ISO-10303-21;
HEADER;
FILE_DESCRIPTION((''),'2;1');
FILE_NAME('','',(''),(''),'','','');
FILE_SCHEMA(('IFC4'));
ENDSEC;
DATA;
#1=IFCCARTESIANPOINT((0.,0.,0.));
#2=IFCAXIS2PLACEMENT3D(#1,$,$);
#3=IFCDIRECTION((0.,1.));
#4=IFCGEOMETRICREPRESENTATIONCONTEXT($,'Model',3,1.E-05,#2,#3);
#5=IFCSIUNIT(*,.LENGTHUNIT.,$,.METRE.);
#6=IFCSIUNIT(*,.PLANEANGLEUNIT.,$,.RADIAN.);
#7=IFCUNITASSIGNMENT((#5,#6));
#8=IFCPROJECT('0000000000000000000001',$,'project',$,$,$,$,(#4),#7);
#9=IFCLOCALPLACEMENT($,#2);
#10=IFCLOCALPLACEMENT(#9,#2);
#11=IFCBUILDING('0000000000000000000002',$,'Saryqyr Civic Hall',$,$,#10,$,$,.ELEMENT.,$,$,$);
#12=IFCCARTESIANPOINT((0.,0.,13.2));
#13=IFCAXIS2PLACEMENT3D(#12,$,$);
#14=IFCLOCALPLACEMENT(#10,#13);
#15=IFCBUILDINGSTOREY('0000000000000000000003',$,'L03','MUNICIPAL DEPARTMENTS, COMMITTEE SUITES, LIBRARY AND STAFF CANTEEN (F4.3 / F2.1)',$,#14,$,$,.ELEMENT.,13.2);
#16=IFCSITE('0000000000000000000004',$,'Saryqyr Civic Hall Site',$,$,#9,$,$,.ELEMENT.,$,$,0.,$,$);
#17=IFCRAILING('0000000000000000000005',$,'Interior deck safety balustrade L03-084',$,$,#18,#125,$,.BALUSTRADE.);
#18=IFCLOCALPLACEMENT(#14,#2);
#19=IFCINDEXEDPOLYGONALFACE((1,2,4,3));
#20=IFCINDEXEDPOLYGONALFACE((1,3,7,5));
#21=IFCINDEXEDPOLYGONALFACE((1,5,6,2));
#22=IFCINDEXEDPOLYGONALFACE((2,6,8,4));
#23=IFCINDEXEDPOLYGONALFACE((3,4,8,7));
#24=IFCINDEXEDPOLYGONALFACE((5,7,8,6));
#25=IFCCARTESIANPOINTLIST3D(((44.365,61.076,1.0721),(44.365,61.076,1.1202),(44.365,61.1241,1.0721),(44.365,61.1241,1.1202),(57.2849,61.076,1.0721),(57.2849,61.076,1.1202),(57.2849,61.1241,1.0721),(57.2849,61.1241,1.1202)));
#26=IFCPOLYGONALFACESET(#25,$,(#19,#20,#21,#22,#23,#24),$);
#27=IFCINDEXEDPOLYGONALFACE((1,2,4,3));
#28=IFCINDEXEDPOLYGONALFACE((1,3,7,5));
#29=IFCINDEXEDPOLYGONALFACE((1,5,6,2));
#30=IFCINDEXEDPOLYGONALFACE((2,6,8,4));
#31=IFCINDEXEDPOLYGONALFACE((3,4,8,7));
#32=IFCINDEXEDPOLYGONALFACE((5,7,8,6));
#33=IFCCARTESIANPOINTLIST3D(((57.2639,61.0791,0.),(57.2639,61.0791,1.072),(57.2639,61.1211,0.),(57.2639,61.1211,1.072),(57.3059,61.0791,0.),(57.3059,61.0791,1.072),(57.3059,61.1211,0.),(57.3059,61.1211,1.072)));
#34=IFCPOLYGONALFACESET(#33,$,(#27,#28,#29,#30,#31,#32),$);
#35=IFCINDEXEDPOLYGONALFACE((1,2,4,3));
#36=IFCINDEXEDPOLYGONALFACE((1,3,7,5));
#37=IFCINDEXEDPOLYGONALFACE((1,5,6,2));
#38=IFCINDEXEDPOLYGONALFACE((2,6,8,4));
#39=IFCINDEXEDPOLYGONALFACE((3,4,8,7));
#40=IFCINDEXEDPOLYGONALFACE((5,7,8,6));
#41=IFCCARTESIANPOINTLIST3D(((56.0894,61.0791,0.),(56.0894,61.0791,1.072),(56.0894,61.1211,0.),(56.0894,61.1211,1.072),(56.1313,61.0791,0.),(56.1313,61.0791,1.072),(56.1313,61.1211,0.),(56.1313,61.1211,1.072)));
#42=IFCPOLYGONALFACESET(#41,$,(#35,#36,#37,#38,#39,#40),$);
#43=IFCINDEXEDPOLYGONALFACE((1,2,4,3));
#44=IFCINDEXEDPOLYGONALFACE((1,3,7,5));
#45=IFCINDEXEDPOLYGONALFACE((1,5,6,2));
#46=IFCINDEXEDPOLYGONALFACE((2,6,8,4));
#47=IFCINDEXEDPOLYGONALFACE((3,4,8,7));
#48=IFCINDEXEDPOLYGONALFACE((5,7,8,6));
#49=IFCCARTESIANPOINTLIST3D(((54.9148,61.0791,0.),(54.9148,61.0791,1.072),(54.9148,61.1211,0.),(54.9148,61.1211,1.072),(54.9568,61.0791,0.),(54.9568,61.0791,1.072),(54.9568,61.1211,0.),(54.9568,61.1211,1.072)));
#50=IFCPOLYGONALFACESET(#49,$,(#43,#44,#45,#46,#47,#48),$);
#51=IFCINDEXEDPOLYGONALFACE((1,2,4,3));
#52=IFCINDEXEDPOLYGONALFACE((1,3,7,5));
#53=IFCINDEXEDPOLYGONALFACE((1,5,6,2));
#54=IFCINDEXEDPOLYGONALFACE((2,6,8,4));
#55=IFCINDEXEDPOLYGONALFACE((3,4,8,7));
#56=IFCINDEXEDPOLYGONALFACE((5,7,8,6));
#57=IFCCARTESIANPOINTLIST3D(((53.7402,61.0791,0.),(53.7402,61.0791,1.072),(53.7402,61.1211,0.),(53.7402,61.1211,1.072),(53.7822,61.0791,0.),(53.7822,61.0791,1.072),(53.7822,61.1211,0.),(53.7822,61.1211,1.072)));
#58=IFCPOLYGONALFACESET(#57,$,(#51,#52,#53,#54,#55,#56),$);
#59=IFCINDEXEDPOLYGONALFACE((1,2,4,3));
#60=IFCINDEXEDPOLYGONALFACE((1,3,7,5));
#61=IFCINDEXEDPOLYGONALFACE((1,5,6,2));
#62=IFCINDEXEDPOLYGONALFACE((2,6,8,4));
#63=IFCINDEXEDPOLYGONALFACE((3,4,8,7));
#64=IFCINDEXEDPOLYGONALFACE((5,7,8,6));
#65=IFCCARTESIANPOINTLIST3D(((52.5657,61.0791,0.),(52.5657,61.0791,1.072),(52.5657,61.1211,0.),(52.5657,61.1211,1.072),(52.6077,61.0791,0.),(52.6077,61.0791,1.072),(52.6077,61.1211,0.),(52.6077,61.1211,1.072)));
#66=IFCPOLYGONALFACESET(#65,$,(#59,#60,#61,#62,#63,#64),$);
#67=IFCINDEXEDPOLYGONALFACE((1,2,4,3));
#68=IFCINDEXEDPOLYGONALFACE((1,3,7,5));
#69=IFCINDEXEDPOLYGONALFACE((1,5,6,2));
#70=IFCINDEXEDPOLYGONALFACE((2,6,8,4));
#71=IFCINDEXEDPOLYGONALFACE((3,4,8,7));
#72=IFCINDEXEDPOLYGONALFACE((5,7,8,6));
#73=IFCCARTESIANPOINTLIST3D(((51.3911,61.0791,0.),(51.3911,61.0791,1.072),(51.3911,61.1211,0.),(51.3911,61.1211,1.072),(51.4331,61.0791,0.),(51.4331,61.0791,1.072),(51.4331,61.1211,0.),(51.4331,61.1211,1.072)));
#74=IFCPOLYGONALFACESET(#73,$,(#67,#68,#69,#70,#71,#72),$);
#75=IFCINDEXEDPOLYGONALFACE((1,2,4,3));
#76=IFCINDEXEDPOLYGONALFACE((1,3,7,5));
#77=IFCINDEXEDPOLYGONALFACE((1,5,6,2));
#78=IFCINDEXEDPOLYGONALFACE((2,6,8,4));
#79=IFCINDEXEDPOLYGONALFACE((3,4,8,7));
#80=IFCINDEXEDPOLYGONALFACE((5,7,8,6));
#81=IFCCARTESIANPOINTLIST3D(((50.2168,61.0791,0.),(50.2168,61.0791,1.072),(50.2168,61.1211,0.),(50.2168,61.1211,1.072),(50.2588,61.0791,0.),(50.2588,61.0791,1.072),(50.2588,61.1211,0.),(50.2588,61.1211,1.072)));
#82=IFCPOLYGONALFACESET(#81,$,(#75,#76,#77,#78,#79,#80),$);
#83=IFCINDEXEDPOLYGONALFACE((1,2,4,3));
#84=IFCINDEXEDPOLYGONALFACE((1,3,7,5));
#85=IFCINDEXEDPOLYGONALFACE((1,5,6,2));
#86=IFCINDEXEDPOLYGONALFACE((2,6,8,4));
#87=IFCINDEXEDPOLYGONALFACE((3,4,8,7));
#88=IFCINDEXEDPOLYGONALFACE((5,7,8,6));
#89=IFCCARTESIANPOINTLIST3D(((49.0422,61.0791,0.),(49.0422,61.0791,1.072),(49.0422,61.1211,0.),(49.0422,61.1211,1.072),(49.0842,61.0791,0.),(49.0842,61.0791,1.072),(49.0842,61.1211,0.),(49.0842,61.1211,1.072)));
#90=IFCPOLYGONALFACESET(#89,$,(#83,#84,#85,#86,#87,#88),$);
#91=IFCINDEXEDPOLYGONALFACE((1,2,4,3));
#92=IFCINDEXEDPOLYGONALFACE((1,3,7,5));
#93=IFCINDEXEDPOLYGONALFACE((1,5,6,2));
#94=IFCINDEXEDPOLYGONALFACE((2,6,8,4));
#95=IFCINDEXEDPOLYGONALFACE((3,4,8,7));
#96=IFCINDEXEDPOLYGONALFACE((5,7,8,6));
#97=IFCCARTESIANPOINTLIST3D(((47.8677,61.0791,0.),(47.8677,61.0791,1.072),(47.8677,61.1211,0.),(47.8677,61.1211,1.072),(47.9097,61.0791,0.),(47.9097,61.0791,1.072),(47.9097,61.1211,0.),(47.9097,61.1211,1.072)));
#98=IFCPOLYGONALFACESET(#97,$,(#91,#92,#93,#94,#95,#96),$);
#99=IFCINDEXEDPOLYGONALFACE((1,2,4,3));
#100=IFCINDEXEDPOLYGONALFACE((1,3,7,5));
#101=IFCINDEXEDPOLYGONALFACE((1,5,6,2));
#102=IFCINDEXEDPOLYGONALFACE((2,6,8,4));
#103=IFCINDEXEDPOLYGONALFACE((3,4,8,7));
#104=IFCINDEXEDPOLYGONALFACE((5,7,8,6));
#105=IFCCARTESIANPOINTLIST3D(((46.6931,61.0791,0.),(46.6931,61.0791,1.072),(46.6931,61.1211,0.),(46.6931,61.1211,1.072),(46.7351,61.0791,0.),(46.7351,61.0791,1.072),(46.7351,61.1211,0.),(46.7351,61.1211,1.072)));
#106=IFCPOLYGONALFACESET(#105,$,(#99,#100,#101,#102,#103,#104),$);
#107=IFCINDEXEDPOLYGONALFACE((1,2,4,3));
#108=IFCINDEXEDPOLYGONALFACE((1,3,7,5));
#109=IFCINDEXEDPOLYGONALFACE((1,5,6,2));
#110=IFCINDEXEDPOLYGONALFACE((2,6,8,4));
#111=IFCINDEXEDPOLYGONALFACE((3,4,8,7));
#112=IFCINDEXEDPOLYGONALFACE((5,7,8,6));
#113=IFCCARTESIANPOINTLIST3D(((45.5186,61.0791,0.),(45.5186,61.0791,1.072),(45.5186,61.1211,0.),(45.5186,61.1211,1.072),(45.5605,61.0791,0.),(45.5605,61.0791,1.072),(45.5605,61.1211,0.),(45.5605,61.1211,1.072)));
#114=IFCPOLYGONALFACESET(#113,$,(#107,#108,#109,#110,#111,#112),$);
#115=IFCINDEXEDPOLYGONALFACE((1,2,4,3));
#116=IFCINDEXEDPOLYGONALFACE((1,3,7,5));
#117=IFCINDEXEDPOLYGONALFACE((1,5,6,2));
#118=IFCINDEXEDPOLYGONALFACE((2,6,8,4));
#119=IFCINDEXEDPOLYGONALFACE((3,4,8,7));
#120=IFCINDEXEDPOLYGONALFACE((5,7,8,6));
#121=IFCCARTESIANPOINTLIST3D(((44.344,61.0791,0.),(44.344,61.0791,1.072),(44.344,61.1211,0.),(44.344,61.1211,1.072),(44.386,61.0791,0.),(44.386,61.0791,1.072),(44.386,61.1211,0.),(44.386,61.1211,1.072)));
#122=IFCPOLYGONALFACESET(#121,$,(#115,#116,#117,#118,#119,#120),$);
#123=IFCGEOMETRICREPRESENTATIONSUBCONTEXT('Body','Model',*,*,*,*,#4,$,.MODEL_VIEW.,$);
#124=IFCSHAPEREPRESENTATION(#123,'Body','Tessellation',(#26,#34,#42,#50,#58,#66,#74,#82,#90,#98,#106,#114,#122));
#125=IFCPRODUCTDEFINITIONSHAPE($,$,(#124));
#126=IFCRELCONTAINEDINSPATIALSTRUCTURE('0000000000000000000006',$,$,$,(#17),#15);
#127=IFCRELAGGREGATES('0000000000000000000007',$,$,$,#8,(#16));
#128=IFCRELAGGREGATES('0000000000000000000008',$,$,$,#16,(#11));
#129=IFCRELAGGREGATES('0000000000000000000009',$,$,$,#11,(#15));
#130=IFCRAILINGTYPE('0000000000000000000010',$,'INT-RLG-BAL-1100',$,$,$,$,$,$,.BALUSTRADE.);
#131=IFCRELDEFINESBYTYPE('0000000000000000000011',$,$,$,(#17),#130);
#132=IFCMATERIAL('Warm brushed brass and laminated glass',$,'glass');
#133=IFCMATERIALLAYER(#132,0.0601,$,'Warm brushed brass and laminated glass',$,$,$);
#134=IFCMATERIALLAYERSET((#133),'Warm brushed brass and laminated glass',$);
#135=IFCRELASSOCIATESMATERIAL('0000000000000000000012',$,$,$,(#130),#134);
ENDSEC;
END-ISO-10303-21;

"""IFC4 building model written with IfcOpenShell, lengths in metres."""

from ifc_helpers import new_model, si_unit, direction, frame, origin, origin_2d, place, context, subcontext, project, spatial, rectangle, extrude, material, layer, layer_set, type_object, element, save


model = new_model("IFC4")

# Units and contexts
model_context = context("Model", 3, precision=1e-05, world=origin(), true_north=direction((0.0, 1.0)))
body_context = subcontext(model_context, "Body", "Model", "MODEL_VIEW")
ifc_project = project(units=[si_unit("LENGTHUNIT", "METRE"), si_unit("PLANEANGLEUNIT", "RADIAN")], contexts=[model_context])

# Site, building, storey
site_placement = place(None, origin())
site = spatial("IfcSite", under=ifc_project, at=site_placement, Name="Saryqyr Civic Hall Site", CompositionType="ELEMENT", RefElevation=0.0)
building_placement = place(site_placement, origin())
building = spatial("IfcBuilding", under=site, at=building_placement, Name="Saryqyr Civic Hall", CompositionType="ELEMENT")
storey_placement = place(building_placement, frame((0.0, 0.0, 13.2)))
storey = spatial("IfcBuildingStorey", under=building, at=storey_placement, Name="L03", Description="MUNICIPAL DEPARTMENTS, COMMITTEE SUITES, LIBRARY AND STAFF CANTEEN (F4.3 / F2.1)", CompositionType="ELEMENT", Elevation=13.2)

# Railing
ifc_material_1 = material(Name="Warm brushed brass and laminated glass", Category="glass")
ifc_layer_1 = layer(ifc_material_1, 0.0601, Name="Warm brushed brass and laminated glass")
ifc_layer_set_1 = layer_set([ifc_layer_1], Name="Warm brushed brass and laminated glass")
railing_type = type_object("IfcRailingType", Name="INT-RLG-BAL-1100", PredefinedType="BALUSTRADE", material=ifc_layer_set_1)
railing_placement = place(storey_placement, frame((57.2849, 61.1001, 0.0)))
element("IfcRailing", 1, at=railing_placement, inside=storey, type_object=railing_type, Name="Interior deck safety balustrade L03-084", PredefinedType="BALUSTRADE", context=body_context, shape_type="SweptSolid", body=[
    extrude(rectangle(XDim=0.0481, YDim=0.0481, at=origin_2d()), frame((0.0, 0.0, 1.0962), z_axis=(-1.0, 0.0, 0.0), x_axis=(0.0, -1.0, 0.0)), (0.0, 0.0, 1.0), 12.9199),
    extrude(rectangle(XDim=0.042, YDim=0.042, at=origin_2d()), origin(), (0.0, 0.0, 1.0), 1.072),
    extrude(rectangle(XDim=0.042, YDim=0.042, at=origin_2d()), frame((-1.1746, 0.0, 0.0)), (0.0, 0.0, 1.0), 1.072),
    extrude(rectangle(XDim=0.042, YDim=0.042, at=origin_2d()), frame((-2.3491, 0.0, 0.0)), (0.0, 0.0, 1.0), 1.072),
    extrude(rectangle(XDim=0.042, YDim=0.042, at=origin_2d()), frame((-3.5237, 0.0, 0.0)), (0.0, 0.0, 1.0), 1.072),
    extrude(rectangle(XDim=0.042, YDim=0.042, at=origin_2d()), frame((-4.6982, 0.0, 0.0)), (0.0, 0.0, 1.0), 1.072),
    extrude(rectangle(XDim=0.042, YDim=0.042, at=origin_2d()), frame((-5.8728, 0.0, 0.0)), (0.0, 0.0, 1.0), 1.072),
    extrude(rectangle(XDim=0.042, YDim=0.042, at=origin_2d()), frame((-7.0471, 0.0, 0.0)), (0.0, 0.0, 1.0), 1.072),
    extrude(rectangle(XDim=0.042, YDim=0.042, at=origin_2d()), frame((-8.2217, 0.0, 0.0)), (0.0, 0.0, 1.0), 1.072),
    extrude(rectangle(XDim=0.042, YDim=0.042, at=origin_2d()), frame((-9.3962, 0.0, 0.0)), (0.0, 0.0, 1.0), 1.072),
    extrude(rectangle(XDim=0.042, YDim=0.042, at=origin_2d()), frame((-10.5708, 0.0, 0.0)), (0.0, 0.0, 1.0), 1.072),
    extrude(rectangle(XDim=0.042, YDim=0.042, at=origin_2d()), frame((-11.7454, 0.0, 0.0)), (0.0, 0.0, 1.0), 1.072),
    extrude(rectangle(XDim=0.042, YDim=0.042, at=origin_2d()), frame((-12.9199, 0.0, 0.0)), (0.0, 0.0, 1.0), 1.072),
])

save(model, "model.ifc")
